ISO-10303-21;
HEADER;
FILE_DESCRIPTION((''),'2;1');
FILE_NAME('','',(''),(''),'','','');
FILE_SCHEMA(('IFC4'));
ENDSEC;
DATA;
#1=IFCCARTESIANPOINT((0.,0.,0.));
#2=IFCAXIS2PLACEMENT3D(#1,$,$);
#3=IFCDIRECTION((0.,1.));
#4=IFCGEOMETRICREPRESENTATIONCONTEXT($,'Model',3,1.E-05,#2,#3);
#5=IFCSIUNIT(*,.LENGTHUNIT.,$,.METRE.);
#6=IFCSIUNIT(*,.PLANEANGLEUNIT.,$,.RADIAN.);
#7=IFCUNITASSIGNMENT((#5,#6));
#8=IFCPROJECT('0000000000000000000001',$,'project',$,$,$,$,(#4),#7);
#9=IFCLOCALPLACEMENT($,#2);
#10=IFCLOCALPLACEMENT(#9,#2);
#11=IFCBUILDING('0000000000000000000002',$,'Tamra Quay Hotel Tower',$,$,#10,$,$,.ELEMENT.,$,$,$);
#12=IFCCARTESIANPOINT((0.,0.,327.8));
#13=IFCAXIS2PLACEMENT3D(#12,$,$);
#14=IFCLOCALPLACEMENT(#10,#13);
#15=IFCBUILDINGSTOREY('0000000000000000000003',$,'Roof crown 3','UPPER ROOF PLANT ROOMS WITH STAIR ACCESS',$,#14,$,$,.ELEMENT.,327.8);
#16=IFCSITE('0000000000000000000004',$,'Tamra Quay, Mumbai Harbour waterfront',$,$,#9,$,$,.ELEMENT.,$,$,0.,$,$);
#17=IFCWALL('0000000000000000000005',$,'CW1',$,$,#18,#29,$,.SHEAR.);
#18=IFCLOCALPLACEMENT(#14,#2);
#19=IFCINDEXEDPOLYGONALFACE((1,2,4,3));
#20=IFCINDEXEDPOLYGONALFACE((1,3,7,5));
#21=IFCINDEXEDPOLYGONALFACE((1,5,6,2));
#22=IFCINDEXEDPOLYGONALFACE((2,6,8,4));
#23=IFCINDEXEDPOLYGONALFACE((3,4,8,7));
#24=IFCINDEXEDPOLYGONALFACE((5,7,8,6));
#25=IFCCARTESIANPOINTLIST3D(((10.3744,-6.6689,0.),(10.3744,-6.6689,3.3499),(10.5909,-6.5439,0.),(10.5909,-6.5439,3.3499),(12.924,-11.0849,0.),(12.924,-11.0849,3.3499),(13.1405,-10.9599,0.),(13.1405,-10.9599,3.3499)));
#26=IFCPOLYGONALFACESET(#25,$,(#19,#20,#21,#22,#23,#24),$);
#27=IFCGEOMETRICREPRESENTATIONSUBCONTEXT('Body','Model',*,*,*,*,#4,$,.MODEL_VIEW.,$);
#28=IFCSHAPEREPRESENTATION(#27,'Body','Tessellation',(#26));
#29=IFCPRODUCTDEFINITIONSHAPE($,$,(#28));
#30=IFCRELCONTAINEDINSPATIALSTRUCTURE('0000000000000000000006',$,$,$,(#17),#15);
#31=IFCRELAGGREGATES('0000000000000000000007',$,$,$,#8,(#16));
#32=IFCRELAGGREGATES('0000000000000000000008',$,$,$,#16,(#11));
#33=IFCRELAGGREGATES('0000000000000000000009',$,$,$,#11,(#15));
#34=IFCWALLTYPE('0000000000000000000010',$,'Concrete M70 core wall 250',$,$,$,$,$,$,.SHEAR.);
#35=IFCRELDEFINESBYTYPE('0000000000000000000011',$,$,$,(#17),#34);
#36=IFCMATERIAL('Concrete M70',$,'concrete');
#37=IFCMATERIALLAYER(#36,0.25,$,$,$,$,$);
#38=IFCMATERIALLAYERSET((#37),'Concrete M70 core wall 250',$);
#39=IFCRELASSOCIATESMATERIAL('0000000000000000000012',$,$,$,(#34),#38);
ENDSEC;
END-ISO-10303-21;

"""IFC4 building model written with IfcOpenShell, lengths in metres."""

from ifc_helpers import new_model, si_unit, direction, frame, frame_2d, origin, place, context, subcontext, project, spatial, rectangle, extrude, material, layer, layer_set, type_object, element, save


model = new_model("IFC4")

# Units and contexts
model_context = context("Model", 3, precision=1e-05, world=origin(), true_north=direction((0.0, 1.0)))
body_context = subcontext(model_context, "Body", "Model", "MODEL_VIEW")
ifc_project = project(units=[si_unit("LENGTHUNIT", "METRE"), si_unit("PLANEANGLEUNIT", "RADIAN")], contexts=[model_context])

# Site, building, storey
site_placement = place(None, origin())
site = spatial("IfcSite", under=ifc_project, at=site_placement, Name="Tamra Quay, Mumbai Harbour waterfront", CompositionType="ELEMENT", RefElevation=0.0)
building_placement = place(site_placement, origin())
building = spatial("IfcBuilding", under=site, at=building_placement, Name="Tamra Quay Hotel Tower", CompositionType="ELEMENT")
storey_placement = place(building_placement, frame((0.0, 0.0, 327.8)))
storey = spatial("IfcBuildingStorey", under=building, at=storey_placement, Name="Roof crown 3", Description="UPPER ROOF PLANT ROOMS WITH STAIR ACCESS", CompositionType="ELEMENT", Elevation=327.8)

# Wall
ifc_material_1 = material(Name="Concrete M70", Category="concrete")
ifc_layer_1 = layer(ifc_material_1, 0.25)
ifc_layer_set_1 = layer_set([ifc_layer_1], Name="Concrete M70 core wall 250")
wall_type = type_object("IfcWallType", Name="Concrete M70 core wall 250", PredefinedType="SHEAR", material=ifc_layer_set_1)
wall_1_placement = place(storey_placement, frame((10.4827, -6.6064, 0.0), z_axis=(0.0, 0.0, 1.0), x_axis=(0.499996, -0.866028, 0.0)))
element("IfcWall", 1, at=wall_1_placement, inside=storey, type_object=wall_type, Name="CW1", PredefinedType="SHEAR", context=body_context, shape_type="SweptSolid", body=[
    extrude(rectangle(XDim=5.0991, YDim=0.25, at=frame_2d((2.5496, 0.0))), origin(), (0.0, 0.0, 1.0), 3.3499),
])

save(model, "model.ifc")
